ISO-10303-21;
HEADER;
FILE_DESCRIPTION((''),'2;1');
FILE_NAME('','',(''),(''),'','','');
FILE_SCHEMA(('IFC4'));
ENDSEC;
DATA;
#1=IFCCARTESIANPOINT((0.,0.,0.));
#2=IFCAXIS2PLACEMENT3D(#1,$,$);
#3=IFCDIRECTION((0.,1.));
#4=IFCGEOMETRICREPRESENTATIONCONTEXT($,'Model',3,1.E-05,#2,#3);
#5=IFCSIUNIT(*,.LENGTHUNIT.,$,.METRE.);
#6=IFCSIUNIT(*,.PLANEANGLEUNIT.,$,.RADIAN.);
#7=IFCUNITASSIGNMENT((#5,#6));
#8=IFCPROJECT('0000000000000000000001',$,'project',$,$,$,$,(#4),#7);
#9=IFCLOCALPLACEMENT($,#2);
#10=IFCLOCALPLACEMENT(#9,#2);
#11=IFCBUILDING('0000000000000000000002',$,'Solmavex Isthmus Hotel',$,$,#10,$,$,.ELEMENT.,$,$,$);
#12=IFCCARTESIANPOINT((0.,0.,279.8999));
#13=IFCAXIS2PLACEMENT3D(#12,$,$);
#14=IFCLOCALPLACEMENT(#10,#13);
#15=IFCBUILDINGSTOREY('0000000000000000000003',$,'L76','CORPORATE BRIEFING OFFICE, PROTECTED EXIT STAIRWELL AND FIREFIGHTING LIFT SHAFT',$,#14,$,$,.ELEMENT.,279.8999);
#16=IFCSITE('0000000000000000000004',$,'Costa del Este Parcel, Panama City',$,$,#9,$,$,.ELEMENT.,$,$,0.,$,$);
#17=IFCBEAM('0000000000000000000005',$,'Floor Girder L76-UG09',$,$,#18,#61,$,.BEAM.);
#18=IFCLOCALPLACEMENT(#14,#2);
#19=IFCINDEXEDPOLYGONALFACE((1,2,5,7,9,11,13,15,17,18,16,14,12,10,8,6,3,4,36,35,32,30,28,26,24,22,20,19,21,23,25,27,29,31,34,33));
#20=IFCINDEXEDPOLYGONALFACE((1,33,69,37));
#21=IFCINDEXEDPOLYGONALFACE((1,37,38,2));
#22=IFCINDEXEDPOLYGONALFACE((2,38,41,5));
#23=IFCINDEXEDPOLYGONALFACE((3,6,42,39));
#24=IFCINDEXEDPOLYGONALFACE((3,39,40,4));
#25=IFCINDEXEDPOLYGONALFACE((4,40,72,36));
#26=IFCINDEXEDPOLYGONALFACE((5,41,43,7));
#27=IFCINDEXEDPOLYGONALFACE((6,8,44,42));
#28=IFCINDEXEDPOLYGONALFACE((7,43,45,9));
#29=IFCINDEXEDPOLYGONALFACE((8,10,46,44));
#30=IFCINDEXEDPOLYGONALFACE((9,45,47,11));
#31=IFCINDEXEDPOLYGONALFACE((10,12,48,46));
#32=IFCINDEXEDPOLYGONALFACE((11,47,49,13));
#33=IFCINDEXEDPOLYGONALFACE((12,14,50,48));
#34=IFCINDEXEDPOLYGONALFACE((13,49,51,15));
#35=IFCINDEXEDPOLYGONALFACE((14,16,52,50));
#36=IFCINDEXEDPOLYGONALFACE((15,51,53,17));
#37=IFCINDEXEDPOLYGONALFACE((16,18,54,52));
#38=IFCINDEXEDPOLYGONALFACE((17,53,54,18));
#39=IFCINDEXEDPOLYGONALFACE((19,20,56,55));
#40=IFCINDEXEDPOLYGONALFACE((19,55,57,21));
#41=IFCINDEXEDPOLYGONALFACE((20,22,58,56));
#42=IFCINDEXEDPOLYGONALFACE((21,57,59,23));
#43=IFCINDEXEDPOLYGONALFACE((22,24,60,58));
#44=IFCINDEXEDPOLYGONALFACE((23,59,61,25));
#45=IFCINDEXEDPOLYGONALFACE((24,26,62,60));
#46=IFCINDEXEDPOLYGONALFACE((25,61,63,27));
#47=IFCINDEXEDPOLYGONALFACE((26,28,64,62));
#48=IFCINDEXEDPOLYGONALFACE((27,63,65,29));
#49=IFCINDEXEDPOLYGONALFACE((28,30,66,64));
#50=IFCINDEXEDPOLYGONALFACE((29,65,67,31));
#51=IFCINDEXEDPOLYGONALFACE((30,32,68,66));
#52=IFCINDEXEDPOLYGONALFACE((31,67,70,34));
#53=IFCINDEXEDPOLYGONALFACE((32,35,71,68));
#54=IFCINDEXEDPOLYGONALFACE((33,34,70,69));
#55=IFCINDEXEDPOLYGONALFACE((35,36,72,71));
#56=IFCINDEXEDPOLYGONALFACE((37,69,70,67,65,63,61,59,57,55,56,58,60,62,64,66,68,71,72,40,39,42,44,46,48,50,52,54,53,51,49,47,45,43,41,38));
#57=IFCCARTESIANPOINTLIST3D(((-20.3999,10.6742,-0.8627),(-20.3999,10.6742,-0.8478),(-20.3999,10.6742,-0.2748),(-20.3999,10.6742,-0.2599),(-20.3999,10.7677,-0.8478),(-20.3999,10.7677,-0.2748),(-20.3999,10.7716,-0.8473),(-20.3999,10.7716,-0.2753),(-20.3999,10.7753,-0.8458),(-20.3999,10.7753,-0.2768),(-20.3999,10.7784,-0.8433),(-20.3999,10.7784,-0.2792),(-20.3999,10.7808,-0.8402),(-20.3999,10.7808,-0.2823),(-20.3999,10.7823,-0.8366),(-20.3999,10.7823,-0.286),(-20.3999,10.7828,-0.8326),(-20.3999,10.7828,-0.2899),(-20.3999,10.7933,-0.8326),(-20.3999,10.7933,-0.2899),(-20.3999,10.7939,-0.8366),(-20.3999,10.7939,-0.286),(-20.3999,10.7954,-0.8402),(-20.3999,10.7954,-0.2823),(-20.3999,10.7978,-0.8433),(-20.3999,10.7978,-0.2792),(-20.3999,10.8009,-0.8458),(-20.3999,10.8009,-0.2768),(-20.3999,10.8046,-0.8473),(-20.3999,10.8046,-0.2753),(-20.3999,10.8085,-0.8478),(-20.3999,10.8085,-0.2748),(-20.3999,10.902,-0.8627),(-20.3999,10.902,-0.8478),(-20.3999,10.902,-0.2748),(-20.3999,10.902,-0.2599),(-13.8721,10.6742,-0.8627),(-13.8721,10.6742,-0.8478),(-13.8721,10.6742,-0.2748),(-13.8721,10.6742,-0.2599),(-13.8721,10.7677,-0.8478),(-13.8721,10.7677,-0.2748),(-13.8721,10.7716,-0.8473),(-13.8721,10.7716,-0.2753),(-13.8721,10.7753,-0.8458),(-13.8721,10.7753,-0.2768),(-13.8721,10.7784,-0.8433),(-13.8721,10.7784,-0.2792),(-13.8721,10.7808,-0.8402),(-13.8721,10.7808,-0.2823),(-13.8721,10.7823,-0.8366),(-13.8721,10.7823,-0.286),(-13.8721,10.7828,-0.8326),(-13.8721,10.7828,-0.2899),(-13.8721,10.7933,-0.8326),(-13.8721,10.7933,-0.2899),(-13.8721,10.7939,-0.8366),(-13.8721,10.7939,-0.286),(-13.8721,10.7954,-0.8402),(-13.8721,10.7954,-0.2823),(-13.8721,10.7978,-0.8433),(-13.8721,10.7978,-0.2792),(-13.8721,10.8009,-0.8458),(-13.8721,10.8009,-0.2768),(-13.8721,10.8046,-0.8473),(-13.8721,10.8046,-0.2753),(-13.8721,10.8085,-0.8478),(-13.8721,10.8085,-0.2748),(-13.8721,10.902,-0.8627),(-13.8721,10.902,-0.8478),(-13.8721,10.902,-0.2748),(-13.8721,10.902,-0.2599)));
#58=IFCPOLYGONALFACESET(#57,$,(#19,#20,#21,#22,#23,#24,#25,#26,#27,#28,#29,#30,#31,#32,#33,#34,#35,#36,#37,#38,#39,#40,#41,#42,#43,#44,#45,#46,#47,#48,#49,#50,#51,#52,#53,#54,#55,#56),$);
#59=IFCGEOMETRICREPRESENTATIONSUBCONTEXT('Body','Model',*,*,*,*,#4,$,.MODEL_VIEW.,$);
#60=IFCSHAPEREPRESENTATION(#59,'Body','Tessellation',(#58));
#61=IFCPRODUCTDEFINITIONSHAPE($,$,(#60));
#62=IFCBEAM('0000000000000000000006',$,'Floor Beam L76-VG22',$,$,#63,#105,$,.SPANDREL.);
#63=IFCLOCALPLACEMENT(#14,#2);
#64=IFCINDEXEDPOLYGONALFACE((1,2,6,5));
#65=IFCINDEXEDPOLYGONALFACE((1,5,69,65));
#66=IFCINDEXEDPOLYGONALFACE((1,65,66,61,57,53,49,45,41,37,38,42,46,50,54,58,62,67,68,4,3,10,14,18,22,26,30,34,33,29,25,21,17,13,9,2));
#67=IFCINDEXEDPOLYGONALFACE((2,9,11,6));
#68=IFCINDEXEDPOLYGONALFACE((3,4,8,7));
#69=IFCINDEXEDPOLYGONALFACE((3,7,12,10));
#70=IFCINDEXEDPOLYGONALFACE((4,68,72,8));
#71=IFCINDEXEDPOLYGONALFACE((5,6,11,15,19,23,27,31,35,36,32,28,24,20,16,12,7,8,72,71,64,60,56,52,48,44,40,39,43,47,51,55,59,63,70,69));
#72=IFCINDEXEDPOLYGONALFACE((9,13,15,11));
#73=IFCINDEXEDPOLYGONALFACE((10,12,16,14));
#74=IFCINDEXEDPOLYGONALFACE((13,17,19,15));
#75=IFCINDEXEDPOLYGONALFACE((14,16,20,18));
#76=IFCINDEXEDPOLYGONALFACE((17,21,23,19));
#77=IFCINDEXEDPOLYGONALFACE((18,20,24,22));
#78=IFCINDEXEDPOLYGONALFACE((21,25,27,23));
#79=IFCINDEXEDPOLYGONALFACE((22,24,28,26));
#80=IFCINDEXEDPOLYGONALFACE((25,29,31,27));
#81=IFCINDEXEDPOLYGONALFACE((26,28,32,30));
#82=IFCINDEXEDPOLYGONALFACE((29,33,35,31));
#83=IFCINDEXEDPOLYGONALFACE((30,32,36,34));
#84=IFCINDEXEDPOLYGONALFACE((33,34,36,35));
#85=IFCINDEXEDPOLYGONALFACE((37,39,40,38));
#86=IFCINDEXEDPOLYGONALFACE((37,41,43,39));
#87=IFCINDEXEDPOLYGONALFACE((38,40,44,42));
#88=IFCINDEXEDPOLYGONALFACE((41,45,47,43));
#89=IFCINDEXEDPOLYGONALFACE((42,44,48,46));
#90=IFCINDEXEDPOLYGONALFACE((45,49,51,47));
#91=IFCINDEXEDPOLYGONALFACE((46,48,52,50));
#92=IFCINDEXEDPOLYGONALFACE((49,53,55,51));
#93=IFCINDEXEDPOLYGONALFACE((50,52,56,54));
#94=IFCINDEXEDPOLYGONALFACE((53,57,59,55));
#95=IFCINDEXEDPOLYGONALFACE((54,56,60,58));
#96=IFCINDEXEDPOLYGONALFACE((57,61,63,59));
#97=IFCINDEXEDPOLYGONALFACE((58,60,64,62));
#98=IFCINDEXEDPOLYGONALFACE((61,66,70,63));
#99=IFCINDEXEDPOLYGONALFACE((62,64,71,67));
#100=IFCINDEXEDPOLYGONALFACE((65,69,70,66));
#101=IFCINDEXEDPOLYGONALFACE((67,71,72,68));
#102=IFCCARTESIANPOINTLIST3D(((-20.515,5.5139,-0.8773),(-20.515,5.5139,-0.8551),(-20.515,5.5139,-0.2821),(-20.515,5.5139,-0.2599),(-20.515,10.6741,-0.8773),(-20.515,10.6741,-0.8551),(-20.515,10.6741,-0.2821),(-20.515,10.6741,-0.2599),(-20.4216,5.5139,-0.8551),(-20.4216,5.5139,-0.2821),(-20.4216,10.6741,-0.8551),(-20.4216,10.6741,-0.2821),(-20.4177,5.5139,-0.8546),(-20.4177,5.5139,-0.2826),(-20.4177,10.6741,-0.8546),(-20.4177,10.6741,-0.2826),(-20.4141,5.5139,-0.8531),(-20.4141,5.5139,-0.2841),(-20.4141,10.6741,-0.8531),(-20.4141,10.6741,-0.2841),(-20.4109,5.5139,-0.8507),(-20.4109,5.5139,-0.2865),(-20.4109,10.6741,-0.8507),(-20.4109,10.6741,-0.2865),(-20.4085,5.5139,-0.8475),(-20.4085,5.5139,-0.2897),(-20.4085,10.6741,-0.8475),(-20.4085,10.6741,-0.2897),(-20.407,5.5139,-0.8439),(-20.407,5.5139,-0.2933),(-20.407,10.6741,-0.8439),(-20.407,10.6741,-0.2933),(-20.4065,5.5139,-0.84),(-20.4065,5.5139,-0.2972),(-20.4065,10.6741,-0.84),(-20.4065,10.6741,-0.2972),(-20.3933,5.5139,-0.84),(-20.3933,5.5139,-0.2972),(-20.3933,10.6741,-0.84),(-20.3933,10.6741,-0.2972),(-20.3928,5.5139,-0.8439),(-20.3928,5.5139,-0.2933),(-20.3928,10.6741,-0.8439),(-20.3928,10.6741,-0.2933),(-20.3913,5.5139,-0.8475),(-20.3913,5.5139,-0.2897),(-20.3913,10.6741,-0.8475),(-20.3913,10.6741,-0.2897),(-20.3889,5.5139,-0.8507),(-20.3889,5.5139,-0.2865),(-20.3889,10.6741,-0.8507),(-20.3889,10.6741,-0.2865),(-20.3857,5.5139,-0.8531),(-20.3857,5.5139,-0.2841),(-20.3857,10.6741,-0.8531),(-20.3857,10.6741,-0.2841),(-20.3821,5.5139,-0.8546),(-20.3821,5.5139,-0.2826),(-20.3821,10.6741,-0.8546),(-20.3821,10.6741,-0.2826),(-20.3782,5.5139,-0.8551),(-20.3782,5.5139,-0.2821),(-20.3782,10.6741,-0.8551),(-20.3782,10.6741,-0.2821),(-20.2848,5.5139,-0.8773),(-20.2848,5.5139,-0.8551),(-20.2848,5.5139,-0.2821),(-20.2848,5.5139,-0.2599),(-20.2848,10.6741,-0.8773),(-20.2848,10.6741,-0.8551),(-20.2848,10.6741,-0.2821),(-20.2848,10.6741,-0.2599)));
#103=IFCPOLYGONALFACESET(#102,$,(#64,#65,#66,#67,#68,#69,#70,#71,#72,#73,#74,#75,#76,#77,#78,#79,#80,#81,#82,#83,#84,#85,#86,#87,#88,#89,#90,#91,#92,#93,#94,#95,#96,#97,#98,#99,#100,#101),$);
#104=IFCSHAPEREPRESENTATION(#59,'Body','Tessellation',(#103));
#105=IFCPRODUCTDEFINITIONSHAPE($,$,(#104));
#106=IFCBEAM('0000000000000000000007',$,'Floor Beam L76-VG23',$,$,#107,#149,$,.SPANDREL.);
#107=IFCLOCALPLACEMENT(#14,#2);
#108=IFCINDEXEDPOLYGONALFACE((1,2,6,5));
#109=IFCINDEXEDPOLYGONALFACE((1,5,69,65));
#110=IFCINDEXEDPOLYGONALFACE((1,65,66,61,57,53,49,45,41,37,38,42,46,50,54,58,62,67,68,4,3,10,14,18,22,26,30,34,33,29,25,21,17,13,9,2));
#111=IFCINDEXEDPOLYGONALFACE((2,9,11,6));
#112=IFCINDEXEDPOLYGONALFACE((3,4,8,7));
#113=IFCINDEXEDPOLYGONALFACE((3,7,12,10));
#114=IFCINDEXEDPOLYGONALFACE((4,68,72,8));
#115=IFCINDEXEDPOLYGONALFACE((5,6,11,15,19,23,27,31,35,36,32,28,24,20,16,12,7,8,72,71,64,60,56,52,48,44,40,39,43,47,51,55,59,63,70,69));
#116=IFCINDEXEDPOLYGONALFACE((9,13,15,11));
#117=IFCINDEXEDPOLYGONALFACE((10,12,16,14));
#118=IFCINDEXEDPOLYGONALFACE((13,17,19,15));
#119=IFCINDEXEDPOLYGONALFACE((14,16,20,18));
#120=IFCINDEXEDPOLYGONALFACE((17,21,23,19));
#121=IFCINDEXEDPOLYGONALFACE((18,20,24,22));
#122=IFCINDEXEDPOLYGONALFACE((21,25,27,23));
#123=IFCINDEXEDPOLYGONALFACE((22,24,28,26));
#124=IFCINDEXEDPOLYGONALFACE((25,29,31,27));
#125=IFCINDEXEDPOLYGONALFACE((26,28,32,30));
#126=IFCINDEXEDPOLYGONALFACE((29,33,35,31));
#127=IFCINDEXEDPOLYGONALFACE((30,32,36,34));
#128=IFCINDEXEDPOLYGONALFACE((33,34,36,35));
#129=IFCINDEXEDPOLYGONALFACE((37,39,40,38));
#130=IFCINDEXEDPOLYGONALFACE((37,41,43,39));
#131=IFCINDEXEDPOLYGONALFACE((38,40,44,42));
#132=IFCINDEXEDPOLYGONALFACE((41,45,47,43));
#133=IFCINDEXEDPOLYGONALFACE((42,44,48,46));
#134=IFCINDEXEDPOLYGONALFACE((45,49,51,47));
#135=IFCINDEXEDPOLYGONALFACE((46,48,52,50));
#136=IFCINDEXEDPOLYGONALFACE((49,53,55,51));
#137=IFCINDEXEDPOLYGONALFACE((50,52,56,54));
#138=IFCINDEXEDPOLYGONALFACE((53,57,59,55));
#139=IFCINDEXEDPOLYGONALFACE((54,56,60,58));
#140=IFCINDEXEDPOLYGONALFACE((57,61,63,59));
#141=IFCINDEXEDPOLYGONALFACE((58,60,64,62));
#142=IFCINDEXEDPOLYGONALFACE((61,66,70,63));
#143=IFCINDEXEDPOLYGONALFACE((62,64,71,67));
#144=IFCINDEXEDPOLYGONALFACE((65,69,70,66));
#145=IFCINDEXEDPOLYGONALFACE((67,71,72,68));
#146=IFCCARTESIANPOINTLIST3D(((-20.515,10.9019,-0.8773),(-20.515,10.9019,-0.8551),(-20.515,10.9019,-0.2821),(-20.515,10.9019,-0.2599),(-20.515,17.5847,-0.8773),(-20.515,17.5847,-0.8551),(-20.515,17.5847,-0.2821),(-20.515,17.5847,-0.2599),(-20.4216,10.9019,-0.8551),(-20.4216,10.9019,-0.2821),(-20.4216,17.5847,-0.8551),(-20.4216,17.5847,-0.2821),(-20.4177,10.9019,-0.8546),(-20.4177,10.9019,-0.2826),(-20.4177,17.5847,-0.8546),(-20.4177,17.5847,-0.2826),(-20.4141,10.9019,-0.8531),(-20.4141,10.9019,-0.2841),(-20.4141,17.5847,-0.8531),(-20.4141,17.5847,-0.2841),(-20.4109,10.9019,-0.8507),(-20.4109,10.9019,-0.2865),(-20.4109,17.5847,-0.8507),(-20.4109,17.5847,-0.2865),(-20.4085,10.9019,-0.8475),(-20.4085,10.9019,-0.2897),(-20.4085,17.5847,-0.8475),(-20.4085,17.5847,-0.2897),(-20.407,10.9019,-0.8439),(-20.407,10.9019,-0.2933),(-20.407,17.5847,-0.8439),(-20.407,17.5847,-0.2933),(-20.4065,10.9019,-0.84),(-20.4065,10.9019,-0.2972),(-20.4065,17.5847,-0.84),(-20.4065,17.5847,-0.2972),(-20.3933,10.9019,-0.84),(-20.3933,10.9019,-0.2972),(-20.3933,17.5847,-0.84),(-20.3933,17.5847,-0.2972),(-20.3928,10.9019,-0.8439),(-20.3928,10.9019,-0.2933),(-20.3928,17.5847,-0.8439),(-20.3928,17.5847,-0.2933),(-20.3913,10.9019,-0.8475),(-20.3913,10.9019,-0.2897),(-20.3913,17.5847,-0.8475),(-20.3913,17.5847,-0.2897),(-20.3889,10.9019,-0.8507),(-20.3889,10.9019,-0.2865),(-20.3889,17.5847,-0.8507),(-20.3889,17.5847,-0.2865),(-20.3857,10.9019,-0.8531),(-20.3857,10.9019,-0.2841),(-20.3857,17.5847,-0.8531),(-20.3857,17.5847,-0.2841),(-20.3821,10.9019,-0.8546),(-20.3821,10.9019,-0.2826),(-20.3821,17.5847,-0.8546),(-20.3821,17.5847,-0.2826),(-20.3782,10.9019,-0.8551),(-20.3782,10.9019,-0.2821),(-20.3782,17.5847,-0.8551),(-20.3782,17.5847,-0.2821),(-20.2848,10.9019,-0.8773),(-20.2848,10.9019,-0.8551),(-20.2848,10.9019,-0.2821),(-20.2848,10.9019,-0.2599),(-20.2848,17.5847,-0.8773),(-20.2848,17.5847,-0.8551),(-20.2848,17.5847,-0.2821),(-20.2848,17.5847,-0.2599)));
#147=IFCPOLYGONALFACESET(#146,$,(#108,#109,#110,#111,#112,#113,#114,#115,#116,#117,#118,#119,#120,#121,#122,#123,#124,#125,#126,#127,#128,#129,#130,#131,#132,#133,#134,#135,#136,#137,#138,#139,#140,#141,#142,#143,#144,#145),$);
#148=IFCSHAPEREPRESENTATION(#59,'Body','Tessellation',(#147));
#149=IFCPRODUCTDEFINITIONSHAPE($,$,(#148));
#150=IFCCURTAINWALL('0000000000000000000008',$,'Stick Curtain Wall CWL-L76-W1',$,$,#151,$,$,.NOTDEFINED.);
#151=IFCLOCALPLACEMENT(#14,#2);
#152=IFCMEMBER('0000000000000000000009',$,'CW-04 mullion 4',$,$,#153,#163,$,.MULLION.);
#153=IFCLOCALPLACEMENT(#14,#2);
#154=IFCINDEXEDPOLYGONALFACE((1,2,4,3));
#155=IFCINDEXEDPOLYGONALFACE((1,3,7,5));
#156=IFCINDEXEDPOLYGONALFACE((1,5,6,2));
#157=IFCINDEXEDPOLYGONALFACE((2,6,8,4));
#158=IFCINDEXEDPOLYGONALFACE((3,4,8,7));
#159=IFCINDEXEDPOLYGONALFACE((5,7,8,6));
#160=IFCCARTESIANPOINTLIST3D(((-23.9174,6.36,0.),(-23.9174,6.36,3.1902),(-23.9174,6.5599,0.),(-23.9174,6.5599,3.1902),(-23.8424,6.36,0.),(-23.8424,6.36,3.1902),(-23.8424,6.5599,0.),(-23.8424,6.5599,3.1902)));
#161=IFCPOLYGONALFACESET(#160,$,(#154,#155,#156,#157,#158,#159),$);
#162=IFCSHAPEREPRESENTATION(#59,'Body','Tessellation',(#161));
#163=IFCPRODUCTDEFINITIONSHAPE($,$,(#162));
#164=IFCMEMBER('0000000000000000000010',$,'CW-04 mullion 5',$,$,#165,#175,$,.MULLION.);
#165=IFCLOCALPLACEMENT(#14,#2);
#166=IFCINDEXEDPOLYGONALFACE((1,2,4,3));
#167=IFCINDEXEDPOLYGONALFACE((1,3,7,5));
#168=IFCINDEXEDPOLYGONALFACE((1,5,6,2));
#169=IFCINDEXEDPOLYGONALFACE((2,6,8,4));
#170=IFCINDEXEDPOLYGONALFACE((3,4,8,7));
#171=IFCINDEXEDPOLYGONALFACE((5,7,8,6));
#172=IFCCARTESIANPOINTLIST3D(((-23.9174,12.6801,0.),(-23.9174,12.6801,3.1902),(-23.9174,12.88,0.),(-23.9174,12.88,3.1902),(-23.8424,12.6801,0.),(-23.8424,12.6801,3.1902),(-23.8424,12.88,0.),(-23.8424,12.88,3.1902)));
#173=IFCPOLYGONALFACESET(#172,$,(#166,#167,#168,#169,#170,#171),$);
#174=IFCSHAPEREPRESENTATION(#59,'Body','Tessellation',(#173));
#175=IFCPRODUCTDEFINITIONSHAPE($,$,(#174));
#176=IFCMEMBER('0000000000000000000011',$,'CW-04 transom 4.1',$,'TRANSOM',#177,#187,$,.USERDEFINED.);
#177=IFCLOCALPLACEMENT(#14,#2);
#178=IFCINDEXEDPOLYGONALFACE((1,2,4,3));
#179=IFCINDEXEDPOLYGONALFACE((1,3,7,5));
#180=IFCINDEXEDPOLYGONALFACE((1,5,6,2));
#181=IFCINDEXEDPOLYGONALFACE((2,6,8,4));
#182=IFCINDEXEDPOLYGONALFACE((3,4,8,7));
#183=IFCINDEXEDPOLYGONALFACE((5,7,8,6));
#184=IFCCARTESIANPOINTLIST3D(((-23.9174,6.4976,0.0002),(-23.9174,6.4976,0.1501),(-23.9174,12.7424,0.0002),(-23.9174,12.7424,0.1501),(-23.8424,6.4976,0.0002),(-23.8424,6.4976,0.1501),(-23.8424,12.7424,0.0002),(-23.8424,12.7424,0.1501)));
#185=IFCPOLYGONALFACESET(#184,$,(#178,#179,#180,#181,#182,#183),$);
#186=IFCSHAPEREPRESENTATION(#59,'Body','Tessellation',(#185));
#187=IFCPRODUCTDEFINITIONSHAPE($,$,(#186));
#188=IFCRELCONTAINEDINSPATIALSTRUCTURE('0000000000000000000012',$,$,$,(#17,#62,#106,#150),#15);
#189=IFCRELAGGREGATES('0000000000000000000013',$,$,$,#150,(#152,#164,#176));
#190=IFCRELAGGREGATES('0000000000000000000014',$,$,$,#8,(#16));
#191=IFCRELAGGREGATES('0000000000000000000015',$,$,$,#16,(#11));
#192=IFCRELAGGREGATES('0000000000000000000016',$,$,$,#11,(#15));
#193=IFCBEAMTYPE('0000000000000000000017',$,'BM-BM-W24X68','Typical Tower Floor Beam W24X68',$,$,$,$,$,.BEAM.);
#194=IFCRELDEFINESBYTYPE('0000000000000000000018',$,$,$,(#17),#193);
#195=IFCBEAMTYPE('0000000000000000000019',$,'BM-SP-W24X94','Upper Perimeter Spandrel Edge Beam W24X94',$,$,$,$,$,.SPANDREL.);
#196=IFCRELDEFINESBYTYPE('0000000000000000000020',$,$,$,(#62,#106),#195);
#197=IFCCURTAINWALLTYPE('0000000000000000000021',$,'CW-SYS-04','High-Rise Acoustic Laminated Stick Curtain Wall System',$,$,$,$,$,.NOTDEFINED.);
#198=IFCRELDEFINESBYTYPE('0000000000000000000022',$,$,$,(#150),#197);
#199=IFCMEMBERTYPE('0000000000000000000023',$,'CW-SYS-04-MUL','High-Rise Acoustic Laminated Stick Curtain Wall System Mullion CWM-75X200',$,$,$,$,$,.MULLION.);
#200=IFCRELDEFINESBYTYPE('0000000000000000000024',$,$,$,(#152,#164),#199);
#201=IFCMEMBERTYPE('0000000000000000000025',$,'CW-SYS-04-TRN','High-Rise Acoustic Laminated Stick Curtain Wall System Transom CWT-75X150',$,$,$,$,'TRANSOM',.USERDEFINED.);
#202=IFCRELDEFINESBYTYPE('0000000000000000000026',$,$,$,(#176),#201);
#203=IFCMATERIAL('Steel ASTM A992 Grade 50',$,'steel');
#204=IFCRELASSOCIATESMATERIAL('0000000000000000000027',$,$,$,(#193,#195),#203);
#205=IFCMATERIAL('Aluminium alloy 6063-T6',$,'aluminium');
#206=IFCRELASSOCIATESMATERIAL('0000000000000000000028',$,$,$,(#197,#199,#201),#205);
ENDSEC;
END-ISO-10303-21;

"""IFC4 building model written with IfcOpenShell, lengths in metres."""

from ifc_helpers import new_model, si_unit, direction, frame, origin, origin_2d, place, context, subcontext, project, spatial, rectangle, i_section, extrude, material, material_profile, profile_set, type_object, element, aggregate, save


model = new_model("IFC4")

# Units and contexts
model_context = context("Model", 3, precision=1e-05, world=origin(), true_north=direction((0.0, 1.0)))
body_context = subcontext(model_context, "Body", "Model", "MODEL_VIEW")
ifc_project = project(units=[si_unit("LENGTHUNIT", "METRE"), si_unit("PLANEANGLEUNIT", "RADIAN")], contexts=[model_context])

# Site, building, storey
site_placement = place(None, origin())
site = spatial("IfcSite", under=ifc_project, at=site_placement, Name="Costa del Este Parcel, Panama City", CompositionType="ELEMENT", RefElevation=0.0)
building_placement = place(site_placement, origin())
building = spatial("IfcBuilding", under=site, at=building_placement, Name="Solmavex Isthmus Hotel", CompositionType="ELEMENT")
storey_placement = place(building_placement, frame((0.0, 0.0, 279.8999)))
storey = spatial("IfcBuildingStorey", under=building, at=storey_placement, Name="L76", Description="CORPORATE BRIEFING OFFICE, PROTECTED EXIT STAIRWELL AND FIREFIGHTING LIFT SHAFT", CompositionType="ELEMENT", Elevation=279.8999)

# Beams
ifc_material_1 = material(Name="Steel ASTM A992 Grade 50", Category="steel")
ifc_material_profile_1 = material_profile(ifc_material_1, i_section(OverallWidth=0.2278, OverallDepth=0.6028, WebThickness=0.0105, FlangeThickness=0.0149, FilletRadius=0.0151, at=origin_2d()), Name="W24X68")
ifc_profile_set_1 = profile_set([ifc_material_profile_1], Name="Steel ASTM A992 Grade 50")
beam_type_1 = type_object("IfcBeamType", Name="BM-BM-W24X68", Description="Typical Tower Floor Beam W24X68", PredefinedType="BEAM", material=ifc_profile_set_1)
beam_1_placement = place(storey_placement, frame((-20.3999, 10.7881, -0.5613), z_axis=(1.0, 0.0, 0.0), x_axis=(0.0, 1.0, 0.0)))
element("IfcBeam", 1, at=beam_1_placement, inside=storey, type_object=beam_type_1, Name="Floor Girder L76-UG09", PredefinedType="BEAM", context=body_context, shape_type="SweptSolid", body=[
    extrude(i_section(OverallWidth=0.2278, OverallDepth=0.6028, WebThickness=0.0105, FlangeThickness=0.0149, FilletRadius=0.0151, at=origin_2d()), origin(), (0.0, 0.0, 1.0), 6.5278),
])
ifc_material_profile_2 = material_profile(ifc_material_1, i_section(OverallWidth=0.2302, OverallDepth=0.6174, WebThickness=0.0132, FlangeThickness=0.0222, FilletRadius=0.0151, at=origin_2d()), Name="W24X94")
ifc_profile_set_2 = profile_set([ifc_material_profile_2], Name="Steel ASTM A992 Grade 50")
beam_type_2 = type_object("IfcBeamType", Name="BM-SP-W24X94", Description="Upper Perimeter Spandrel Edge Beam W24X94", PredefinedType="SPANDREL", material=ifc_profile_set_2)
beam_2_placement = place(storey_placement, frame((-20.3999, 5.5139, -0.5686), z_axis=(0.0, 1.0, 0.0), x_axis=(-1.0, 0.0, 0.0)))
element("IfcBeam", 2, at=beam_2_placement, inside=storey, type_object=beam_type_2, Name="Floor Beam L76-VG22", PredefinedType="SPANDREL", context=body_context, shape_type="SweptSolid", body=[
    extrude(i_section(OverallWidth=0.2302, OverallDepth=0.6174, WebThickness=0.0132, FlangeThickness=0.0222, FilletRadius=0.0151, at=origin_2d()), origin(), (0.0, 0.0, 1.0), 5.1602),
])
beam_3_placement = place(storey_placement, frame((-20.3999, 10.9019, -0.5686), z_axis=(0.0, 1.0, 0.0), x_axis=(-1.0, 0.0, 0.0)))
element("IfcBeam", 3, at=beam_3_placement, inside=storey, type_object=beam_type_2, Name="Floor Beam L76-VG23", PredefinedType="SPANDREL", context=body_context, shape_type="SweptSolid", body=[
    extrude(i_section(OverallWidth=0.2302, OverallDepth=0.6174, WebThickness=0.0132, FlangeThickness=0.0222, FilletRadius=0.0151, at=origin_2d()), origin(), (0.0, 0.0, 1.0), 6.6829),
])

# Curtain wall, members
ifc_material_2 = material(Name="Aluminium alloy 6063-T6", Category="aluminium")
curtain_wall_type = type_object("IfcCurtainWallType", Name="CW-SYS-04", Description="High-Rise Acoustic Laminated Stick Curtain Wall System", PredefinedType="NOTDEFINED", material=ifc_material_2)
curtain_wall_placement = place(storey_placement, origin())
curtain_wall = element("IfcCurtainWall", 4, at=curtain_wall_placement, inside=storey, type_object=curtain_wall_type, Name="Stick Curtain Wall CWL-L76-W1", PredefinedType="NOTDEFINED")
ifc_material_profile_3 = material_profile(ifc_material_2, rectangle(XDim=0.075, YDim=0.2, at=origin_2d()), Name="CWM-75X200")
ifc_profile_set_3 = profile_set([ifc_material_profile_3], Name="Aluminium alloy 6063-T6")
member_type_1 = type_object("IfcMemberType", Name="CW-SYS-04-MUL", Description="High-Rise Acoustic Laminated Stick Curtain Wall System Mullion CWM-75X200", PredefinedType="MULLION", material=ifc_profile_set_3)
member_1_placement = place(storey_placement, frame((-23.8799, 6.46, 0.0), z_axis=(0.0, 0.0, 1.0), x_axis=(-1.0, 0.0, 0.0)))
member_1 = element("IfcMember", 5, at=member_1_placement, type_object=member_type_1, Name="CW-04 mullion 4", PredefinedType="MULLION", context=body_context, shape_type="SweptSolid", body=[
    extrude(rectangle(XDim=0.075, YDim=0.2, at=origin_2d()), origin(), (0.0, 0.0, 1.0), 3.1902),
])
member_2_placement = place(storey_placement, frame((-23.8799, 12.78, 0.0), z_axis=(0.0, 0.0, 1.0), x_axis=(-1.0, 0.0, 0.0)))
member_2 = element("IfcMember", 6, at=member_2_placement, type_object=member_type_1, Name="CW-04 mullion 5", PredefinedType="MULLION", context=body_context, shape_type="SweptSolid", body=[
    extrude(rectangle(XDim=0.075, YDim=0.2, at=origin_2d()), origin(), (0.0, 0.0, 1.0), 3.1902),
])
ifc_material_profile_4 = material_profile(ifc_material_2, rectangle(XDim=0.075, YDim=0.1499, at=origin_2d()), Name="CWT-75X150")
ifc_profile_set_4 = profile_set([ifc_material_profile_4], Name="Aluminium alloy 6063-T6")
member_type_2 = type_object("IfcMemberType", Name="CW-SYS-04-TRN", Description="High-Rise Acoustic Laminated Stick Curtain Wall System Transom CWT-75X150", ElementType="TRANSOM", PredefinedType="USERDEFINED", material=ifc_profile_set_4)
member_3_placement = place(storey_placement, frame((-23.8799, 6.4976, 0.0752), z_axis=(0.0, 1.0, 0.0), x_axis=(-1.0, 0.0, 0.0)))
member_3 = element("IfcMember", 7, at=member_3_placement, type_object=member_type_2, Name="CW-04 transom 4.1", ObjectType="TRANSOM", PredefinedType="USERDEFINED", context=body_context, shape_type="SweptSolid", body=[
    extrude(rectangle(XDim=0.075, YDim=0.1499, at=origin_2d()), origin(), (0.0, 0.0, 1.0), 6.2449),
])
aggregate(curtain_wall, [member_1, member_2, member_3])

save(model, "model.ifc")
